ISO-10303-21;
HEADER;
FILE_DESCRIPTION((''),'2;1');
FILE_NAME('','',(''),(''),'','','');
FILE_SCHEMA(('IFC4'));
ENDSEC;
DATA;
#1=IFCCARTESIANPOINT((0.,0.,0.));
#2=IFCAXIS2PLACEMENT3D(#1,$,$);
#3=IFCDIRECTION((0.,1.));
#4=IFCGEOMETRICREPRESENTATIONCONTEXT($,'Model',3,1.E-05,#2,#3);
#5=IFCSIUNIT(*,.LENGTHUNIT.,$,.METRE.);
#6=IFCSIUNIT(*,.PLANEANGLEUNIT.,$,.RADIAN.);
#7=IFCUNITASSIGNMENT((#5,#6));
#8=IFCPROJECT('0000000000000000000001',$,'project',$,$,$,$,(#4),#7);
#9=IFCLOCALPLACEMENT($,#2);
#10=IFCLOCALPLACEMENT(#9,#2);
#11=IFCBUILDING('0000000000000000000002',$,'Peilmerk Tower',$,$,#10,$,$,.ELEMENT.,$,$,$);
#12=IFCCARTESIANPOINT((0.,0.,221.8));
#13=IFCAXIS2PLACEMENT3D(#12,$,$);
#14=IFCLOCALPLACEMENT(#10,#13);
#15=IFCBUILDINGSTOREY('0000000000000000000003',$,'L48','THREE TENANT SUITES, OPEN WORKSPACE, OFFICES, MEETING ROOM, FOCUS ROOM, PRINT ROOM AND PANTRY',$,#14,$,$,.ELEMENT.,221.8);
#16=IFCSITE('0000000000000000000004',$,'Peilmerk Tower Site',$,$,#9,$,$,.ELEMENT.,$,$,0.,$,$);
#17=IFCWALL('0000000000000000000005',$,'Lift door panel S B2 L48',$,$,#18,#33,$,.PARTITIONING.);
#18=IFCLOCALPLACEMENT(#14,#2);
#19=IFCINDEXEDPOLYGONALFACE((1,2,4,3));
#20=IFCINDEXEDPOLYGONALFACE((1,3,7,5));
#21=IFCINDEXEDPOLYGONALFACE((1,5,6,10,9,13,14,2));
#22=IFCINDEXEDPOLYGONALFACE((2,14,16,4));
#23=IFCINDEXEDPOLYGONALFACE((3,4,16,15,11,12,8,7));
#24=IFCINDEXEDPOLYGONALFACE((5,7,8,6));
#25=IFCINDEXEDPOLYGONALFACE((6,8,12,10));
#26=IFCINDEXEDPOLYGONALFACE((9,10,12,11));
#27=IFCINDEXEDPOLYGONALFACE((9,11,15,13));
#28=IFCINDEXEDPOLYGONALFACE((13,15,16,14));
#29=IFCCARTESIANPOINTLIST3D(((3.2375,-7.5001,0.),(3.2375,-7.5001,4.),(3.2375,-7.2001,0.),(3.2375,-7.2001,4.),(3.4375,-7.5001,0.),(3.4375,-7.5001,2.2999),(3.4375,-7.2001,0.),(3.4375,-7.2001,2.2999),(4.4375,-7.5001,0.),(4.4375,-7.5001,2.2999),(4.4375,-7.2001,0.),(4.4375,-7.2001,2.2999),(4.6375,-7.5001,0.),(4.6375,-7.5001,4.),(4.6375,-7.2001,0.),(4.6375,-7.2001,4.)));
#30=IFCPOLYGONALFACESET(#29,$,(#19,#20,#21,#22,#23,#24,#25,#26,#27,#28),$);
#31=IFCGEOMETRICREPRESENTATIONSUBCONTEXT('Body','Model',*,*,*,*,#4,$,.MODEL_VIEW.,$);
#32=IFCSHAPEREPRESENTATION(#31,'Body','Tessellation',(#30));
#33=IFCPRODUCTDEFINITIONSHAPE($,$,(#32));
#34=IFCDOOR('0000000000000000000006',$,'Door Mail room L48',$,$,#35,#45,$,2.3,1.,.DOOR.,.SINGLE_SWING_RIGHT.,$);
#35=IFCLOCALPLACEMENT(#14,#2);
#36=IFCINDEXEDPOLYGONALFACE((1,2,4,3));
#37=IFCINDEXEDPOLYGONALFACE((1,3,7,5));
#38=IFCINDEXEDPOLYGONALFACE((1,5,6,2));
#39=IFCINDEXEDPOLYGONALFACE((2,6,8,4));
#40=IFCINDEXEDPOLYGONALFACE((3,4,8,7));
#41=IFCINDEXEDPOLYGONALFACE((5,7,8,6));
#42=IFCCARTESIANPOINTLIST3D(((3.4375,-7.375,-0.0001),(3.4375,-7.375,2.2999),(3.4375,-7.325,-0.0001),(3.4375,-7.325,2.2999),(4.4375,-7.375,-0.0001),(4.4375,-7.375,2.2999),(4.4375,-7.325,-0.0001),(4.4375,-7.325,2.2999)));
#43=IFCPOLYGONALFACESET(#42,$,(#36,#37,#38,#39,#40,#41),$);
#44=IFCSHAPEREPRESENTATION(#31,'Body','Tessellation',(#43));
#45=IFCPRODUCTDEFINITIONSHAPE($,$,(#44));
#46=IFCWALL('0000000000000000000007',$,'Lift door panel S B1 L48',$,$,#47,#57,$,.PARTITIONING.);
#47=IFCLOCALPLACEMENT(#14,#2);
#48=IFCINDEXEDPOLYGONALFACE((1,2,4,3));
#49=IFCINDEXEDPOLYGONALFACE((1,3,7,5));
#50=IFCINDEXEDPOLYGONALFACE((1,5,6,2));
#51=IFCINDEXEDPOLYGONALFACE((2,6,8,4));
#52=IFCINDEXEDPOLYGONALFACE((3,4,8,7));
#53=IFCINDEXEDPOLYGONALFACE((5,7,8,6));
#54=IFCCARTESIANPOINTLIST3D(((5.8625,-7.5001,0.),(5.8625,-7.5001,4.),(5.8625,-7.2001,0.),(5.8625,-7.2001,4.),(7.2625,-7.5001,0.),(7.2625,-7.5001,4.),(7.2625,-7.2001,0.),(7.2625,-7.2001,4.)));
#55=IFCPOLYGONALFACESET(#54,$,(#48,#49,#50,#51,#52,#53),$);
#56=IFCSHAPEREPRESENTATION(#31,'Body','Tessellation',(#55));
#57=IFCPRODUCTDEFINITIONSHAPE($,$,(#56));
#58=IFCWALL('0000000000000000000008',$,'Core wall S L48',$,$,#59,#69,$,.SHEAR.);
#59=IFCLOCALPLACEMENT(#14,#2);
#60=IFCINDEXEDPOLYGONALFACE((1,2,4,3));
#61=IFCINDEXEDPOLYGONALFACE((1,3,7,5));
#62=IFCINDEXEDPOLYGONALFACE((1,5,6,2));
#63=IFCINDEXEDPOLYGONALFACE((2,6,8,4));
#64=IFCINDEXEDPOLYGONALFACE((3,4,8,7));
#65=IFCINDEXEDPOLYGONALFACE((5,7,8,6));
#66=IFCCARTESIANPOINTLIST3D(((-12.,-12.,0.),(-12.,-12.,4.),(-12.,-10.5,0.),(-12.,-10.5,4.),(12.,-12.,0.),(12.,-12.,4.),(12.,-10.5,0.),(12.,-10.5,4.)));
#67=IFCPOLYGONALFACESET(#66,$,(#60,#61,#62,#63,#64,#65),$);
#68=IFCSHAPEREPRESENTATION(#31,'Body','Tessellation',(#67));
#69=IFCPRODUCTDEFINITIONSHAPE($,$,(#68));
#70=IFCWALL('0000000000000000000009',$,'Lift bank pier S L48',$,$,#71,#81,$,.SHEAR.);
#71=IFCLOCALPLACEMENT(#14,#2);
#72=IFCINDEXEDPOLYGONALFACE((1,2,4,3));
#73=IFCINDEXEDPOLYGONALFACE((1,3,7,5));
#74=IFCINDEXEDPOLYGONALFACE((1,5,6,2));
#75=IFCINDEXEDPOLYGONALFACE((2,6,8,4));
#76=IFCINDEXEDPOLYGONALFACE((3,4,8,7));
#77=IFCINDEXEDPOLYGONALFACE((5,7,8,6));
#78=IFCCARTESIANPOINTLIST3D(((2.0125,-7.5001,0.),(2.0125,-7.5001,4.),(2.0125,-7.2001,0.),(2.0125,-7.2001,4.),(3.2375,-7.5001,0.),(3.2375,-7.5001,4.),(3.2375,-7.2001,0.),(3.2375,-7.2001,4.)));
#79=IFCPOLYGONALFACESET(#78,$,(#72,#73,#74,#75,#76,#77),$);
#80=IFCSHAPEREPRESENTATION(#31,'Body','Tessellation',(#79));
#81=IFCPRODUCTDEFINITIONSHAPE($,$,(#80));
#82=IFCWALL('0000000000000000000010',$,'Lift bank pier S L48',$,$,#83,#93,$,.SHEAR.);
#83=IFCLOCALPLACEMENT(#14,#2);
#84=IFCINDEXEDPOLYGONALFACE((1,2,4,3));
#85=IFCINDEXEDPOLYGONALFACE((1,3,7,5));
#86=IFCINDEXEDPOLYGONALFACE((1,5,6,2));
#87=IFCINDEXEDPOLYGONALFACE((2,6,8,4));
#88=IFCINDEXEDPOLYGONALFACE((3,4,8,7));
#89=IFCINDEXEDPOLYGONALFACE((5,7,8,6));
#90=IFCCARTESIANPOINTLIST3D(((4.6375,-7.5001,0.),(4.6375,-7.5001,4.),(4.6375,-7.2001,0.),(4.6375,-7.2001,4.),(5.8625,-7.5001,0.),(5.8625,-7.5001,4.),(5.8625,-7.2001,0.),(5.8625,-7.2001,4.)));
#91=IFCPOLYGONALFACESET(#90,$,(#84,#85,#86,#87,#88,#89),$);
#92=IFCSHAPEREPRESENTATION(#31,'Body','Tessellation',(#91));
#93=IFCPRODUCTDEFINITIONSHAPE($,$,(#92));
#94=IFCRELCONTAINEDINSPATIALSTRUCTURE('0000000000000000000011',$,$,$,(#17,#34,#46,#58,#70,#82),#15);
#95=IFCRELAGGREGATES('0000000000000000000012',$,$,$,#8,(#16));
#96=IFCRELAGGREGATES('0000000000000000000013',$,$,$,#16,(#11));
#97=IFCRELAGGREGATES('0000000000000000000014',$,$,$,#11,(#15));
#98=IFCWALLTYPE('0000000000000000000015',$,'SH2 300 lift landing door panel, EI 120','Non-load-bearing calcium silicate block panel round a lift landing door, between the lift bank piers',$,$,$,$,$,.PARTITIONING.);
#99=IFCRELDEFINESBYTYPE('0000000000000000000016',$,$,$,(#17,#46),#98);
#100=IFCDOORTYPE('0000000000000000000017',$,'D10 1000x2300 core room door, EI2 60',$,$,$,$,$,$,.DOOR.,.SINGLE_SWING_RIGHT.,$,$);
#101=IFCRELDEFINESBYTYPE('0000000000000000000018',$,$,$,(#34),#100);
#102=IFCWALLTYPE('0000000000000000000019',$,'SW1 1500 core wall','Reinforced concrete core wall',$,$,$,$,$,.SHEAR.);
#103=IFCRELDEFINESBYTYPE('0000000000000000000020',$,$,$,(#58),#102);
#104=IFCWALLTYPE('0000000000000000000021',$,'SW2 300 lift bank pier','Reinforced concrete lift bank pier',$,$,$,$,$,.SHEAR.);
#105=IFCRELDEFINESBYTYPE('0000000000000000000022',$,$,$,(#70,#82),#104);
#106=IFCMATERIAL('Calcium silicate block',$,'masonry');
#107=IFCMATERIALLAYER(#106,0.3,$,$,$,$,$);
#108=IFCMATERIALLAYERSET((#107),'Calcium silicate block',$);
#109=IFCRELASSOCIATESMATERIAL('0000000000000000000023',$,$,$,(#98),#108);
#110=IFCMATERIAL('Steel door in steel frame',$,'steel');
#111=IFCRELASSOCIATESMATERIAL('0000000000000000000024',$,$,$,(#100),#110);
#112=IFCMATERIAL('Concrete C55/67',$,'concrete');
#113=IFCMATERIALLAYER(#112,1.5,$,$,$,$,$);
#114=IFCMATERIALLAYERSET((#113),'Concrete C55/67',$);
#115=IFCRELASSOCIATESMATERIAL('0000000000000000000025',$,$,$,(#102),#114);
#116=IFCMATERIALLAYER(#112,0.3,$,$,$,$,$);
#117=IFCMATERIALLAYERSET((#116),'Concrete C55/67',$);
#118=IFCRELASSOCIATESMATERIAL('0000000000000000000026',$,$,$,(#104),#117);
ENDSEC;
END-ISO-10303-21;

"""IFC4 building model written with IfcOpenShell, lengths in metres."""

from ifc_helpers import new_model, si_unit, direction, frame, frame_2d, origin, place, context, subcontext, project, spatial, rectangle, extrude, material, layer, layer_set, type_object, element, fill, save


model = new_model("IFC4")

# Units and contexts
model_context = context("Model", 3, precision=1e-05, world=origin(), true_north=direction((0.0, 1.0)))
body_context = subcontext(model_context, "Body", "Model", "MODEL_VIEW")
ifc_project = project(units=[si_unit("LENGTHUNIT", "METRE"), si_unit("PLANEANGLEUNIT", "RADIAN")], contexts=[model_context])

# Site, building, storey
site_placement = place(None, origin())
site = spatial("IfcSite", under=ifc_project, at=site_placement, Name="Peilmerk Tower Site", CompositionType="ELEMENT", RefElevation=0.0)
building_placement = place(site_placement, origin())
building = spatial("IfcBuilding", under=site, at=building_placement, Name="Peilmerk Tower", CompositionType="ELEMENT")
storey_placement = place(building_placement, frame((0.0, 0.0, 221.8)))
storey = spatial("IfcBuildingStorey", under=building, at=storey_placement, Name="L48", Description="THREE TENANT SUITES, OPEN WORKSPACE, OFFICES, MEETING ROOM, FOCUS ROOM, PRINT ROOM AND PANTRY", CompositionType="ELEMENT", Elevation=221.8)

# Shared definitions
ifc_material_1 = material(Name="Calcium silicate block", Category="masonry")

# Shared definitions
ifc_layer_1 = layer(ifc_material_1, 0.3)
ifc_layer_set_1 = layer_set([ifc_layer_1], Name="Calcium silicate block")
wall_type_1 = type_object("IfcWallType", Name="SH2 300 lift landing door panel, EI 120", Description="Non-load-bearing calcium silicate block panel round a lift landing door, between the lift bank piers", PredefinedType="PARTITIONING", material=ifc_layer_set_1)

# Wall, opening, door
wall_1_placement = place(storey_placement, frame((3.2375, -7.3501, 0.0), z_axis=(0.0, 0.0, 1.0), x_axis=(1.0, 0.0, 0.0)))
wall_1 = element("IfcWall", 1, at=wall_1_placement, inside=storey, type_object=wall_type_1, Name="Lift door panel S B2 L48", PredefinedType="PARTITIONING", context=body_context, shape_type="SweptSolid", body=[
    extrude(rectangle(XDim=1.3999, YDim=0.3, at=frame_2d((0.7, 0.0))), origin(), (0.0, 0.0, 1.0), 4.0),
])
opening_1_placement = place(wall_1_placement, frame((0.2, 0.0, 0.0)))
opening_1 = element("IfcOpeningElement", 2, at=opening_1_placement, cuts=wall_1, PredefinedType="OPENING", context=body_context, shape_type="SweptSolid", body=[
    extrude(rectangle(XDim=1.0, YDim=2.3, at=frame_2d((0.5, 1.1499))), frame((0.0, 0.1599, 0.0), z_axis=(0.0, -1.0, 0.0), x_axis=(1.0, 0.0, 0.0)), (0.0, 0.0, 1.0), 0.3201),
])
ifc_material_2 = material(Name="Steel door in steel frame", Category="steel")
door_type_1 = type_object("IfcDoorType", Name="D10 1000x2300 core room door, EI2 60", OperationType="SINGLE_SWING_RIGHT", PredefinedType="DOOR", material=ifc_material_2)
door_1_placement = place(opening_1_placement, frame((1.0, 0.0, 0.0), z_axis=(0.0, 0.0, 1.0), x_axis=(-1.0, 0.0, 0.0)))
door_1 = element("IfcDoor", 3, at=door_1_placement, inside=storey, type_object=door_type_1, Name="Door Mail room L48", OperationType="SINGLE_SWING_RIGHT", OverallHeight=2.3, OverallWidth=1.0, PredefinedType="DOOR", context=body_context, shape_type="SweptSolid", body=[
    extrude(rectangle(XDim=1.0, YDim=2.3, at=frame_2d((0.5, 1.1499))), frame((0.0, 0.0249, 0.0), z_axis=(0.0, -1.0, 0.0), x_axis=(1.0, 0.0, 0.0)), (0.0, 0.0, 1.0), 0.05),
])
fill(opening_1, door_1)

# Walls
wall_2_placement = place(storey_placement, frame((5.8625, -7.3501, 0.0), z_axis=(0.0, 0.0, 1.0), x_axis=(1.0, 0.0, 0.0)))
element("IfcWall", 4, at=wall_2_placement, inside=storey, type_object=wall_type_1, Name="Lift door panel S B1 L48", PredefinedType="PARTITIONING", context=body_context, shape_type="SweptSolid", body=[
    extrude(rectangle(XDim=1.3999, YDim=0.3, at=frame_2d((0.7, 0.0))), origin(), (0.0, 0.0, 1.0), 4.0),
])
ifc_material_3 = material(Name="Concrete C55/67", Category="concrete")
ifc_layer_2 = layer(ifc_material_3, 1.5)
ifc_layer_set_2 = layer_set([ifc_layer_2], Name="Concrete C55/67")
wall_type_2 = type_object("IfcWallType", Name="SW1 1500 core wall", Description="Reinforced concrete core wall", PredefinedType="SHEAR", material=ifc_layer_set_2)
wall_3_placement = place(storey_placement, frame((12.0, -11.25, 0.0), z_axis=(0.0, 0.0, 1.0), x_axis=(-1.0, 0.0, 0.0)))
element("IfcWall", 5, at=wall_3_placement, inside=storey, type_object=wall_type_2, Name="Core wall S L48", PredefinedType="SHEAR", context=body_context, shape_type="SweptSolid", body=[
    extrude(rectangle(XDim=24.0, YDim=1.5, at=frame_2d((12.0, 0.0))), origin(), (0.0, 0.0, 1.0), 4.0),
])
ifc_layer_3 = layer(ifc_material_3, 0.3)
ifc_layer_set_3 = layer_set([ifc_layer_3], Name="Concrete C55/67")
wall_type_3 = type_object("IfcWallType", Name="SW2 300 lift bank pier", Description="Reinforced concrete lift bank pier", PredefinedType="SHEAR", material=ifc_layer_set_3)
for number, where, z_axis, x_axis, name in (
    (6, (2.0125, -7.3501, 0.0), (0.0, 0.0, 1.0), (1.0, 0.0, 0.0), "Lift bank pier S L48"),
    (7, (4.6375, -7.3501, 0.0), (0.0, 0.0, 1.0), (1.0, 0.0, 0.0), "Lift bank pier S L48"),
):
    element("IfcWall", number, at=place(storey_placement, frame(where, z_axis=z_axis, x_axis=x_axis)), inside=storey, type_object=wall_type_3, Name=name, PredefinedType="SHEAR", context=body_context, shape_type="SweptSolid", body=[
        extrude(rectangle(XDim=1.2251, YDim=0.3, at=frame_2d((0.6125, 0.0))), origin(), (0.0, 0.0, 1.0), 4.0),
    ])

save(model, "model.ifc")
